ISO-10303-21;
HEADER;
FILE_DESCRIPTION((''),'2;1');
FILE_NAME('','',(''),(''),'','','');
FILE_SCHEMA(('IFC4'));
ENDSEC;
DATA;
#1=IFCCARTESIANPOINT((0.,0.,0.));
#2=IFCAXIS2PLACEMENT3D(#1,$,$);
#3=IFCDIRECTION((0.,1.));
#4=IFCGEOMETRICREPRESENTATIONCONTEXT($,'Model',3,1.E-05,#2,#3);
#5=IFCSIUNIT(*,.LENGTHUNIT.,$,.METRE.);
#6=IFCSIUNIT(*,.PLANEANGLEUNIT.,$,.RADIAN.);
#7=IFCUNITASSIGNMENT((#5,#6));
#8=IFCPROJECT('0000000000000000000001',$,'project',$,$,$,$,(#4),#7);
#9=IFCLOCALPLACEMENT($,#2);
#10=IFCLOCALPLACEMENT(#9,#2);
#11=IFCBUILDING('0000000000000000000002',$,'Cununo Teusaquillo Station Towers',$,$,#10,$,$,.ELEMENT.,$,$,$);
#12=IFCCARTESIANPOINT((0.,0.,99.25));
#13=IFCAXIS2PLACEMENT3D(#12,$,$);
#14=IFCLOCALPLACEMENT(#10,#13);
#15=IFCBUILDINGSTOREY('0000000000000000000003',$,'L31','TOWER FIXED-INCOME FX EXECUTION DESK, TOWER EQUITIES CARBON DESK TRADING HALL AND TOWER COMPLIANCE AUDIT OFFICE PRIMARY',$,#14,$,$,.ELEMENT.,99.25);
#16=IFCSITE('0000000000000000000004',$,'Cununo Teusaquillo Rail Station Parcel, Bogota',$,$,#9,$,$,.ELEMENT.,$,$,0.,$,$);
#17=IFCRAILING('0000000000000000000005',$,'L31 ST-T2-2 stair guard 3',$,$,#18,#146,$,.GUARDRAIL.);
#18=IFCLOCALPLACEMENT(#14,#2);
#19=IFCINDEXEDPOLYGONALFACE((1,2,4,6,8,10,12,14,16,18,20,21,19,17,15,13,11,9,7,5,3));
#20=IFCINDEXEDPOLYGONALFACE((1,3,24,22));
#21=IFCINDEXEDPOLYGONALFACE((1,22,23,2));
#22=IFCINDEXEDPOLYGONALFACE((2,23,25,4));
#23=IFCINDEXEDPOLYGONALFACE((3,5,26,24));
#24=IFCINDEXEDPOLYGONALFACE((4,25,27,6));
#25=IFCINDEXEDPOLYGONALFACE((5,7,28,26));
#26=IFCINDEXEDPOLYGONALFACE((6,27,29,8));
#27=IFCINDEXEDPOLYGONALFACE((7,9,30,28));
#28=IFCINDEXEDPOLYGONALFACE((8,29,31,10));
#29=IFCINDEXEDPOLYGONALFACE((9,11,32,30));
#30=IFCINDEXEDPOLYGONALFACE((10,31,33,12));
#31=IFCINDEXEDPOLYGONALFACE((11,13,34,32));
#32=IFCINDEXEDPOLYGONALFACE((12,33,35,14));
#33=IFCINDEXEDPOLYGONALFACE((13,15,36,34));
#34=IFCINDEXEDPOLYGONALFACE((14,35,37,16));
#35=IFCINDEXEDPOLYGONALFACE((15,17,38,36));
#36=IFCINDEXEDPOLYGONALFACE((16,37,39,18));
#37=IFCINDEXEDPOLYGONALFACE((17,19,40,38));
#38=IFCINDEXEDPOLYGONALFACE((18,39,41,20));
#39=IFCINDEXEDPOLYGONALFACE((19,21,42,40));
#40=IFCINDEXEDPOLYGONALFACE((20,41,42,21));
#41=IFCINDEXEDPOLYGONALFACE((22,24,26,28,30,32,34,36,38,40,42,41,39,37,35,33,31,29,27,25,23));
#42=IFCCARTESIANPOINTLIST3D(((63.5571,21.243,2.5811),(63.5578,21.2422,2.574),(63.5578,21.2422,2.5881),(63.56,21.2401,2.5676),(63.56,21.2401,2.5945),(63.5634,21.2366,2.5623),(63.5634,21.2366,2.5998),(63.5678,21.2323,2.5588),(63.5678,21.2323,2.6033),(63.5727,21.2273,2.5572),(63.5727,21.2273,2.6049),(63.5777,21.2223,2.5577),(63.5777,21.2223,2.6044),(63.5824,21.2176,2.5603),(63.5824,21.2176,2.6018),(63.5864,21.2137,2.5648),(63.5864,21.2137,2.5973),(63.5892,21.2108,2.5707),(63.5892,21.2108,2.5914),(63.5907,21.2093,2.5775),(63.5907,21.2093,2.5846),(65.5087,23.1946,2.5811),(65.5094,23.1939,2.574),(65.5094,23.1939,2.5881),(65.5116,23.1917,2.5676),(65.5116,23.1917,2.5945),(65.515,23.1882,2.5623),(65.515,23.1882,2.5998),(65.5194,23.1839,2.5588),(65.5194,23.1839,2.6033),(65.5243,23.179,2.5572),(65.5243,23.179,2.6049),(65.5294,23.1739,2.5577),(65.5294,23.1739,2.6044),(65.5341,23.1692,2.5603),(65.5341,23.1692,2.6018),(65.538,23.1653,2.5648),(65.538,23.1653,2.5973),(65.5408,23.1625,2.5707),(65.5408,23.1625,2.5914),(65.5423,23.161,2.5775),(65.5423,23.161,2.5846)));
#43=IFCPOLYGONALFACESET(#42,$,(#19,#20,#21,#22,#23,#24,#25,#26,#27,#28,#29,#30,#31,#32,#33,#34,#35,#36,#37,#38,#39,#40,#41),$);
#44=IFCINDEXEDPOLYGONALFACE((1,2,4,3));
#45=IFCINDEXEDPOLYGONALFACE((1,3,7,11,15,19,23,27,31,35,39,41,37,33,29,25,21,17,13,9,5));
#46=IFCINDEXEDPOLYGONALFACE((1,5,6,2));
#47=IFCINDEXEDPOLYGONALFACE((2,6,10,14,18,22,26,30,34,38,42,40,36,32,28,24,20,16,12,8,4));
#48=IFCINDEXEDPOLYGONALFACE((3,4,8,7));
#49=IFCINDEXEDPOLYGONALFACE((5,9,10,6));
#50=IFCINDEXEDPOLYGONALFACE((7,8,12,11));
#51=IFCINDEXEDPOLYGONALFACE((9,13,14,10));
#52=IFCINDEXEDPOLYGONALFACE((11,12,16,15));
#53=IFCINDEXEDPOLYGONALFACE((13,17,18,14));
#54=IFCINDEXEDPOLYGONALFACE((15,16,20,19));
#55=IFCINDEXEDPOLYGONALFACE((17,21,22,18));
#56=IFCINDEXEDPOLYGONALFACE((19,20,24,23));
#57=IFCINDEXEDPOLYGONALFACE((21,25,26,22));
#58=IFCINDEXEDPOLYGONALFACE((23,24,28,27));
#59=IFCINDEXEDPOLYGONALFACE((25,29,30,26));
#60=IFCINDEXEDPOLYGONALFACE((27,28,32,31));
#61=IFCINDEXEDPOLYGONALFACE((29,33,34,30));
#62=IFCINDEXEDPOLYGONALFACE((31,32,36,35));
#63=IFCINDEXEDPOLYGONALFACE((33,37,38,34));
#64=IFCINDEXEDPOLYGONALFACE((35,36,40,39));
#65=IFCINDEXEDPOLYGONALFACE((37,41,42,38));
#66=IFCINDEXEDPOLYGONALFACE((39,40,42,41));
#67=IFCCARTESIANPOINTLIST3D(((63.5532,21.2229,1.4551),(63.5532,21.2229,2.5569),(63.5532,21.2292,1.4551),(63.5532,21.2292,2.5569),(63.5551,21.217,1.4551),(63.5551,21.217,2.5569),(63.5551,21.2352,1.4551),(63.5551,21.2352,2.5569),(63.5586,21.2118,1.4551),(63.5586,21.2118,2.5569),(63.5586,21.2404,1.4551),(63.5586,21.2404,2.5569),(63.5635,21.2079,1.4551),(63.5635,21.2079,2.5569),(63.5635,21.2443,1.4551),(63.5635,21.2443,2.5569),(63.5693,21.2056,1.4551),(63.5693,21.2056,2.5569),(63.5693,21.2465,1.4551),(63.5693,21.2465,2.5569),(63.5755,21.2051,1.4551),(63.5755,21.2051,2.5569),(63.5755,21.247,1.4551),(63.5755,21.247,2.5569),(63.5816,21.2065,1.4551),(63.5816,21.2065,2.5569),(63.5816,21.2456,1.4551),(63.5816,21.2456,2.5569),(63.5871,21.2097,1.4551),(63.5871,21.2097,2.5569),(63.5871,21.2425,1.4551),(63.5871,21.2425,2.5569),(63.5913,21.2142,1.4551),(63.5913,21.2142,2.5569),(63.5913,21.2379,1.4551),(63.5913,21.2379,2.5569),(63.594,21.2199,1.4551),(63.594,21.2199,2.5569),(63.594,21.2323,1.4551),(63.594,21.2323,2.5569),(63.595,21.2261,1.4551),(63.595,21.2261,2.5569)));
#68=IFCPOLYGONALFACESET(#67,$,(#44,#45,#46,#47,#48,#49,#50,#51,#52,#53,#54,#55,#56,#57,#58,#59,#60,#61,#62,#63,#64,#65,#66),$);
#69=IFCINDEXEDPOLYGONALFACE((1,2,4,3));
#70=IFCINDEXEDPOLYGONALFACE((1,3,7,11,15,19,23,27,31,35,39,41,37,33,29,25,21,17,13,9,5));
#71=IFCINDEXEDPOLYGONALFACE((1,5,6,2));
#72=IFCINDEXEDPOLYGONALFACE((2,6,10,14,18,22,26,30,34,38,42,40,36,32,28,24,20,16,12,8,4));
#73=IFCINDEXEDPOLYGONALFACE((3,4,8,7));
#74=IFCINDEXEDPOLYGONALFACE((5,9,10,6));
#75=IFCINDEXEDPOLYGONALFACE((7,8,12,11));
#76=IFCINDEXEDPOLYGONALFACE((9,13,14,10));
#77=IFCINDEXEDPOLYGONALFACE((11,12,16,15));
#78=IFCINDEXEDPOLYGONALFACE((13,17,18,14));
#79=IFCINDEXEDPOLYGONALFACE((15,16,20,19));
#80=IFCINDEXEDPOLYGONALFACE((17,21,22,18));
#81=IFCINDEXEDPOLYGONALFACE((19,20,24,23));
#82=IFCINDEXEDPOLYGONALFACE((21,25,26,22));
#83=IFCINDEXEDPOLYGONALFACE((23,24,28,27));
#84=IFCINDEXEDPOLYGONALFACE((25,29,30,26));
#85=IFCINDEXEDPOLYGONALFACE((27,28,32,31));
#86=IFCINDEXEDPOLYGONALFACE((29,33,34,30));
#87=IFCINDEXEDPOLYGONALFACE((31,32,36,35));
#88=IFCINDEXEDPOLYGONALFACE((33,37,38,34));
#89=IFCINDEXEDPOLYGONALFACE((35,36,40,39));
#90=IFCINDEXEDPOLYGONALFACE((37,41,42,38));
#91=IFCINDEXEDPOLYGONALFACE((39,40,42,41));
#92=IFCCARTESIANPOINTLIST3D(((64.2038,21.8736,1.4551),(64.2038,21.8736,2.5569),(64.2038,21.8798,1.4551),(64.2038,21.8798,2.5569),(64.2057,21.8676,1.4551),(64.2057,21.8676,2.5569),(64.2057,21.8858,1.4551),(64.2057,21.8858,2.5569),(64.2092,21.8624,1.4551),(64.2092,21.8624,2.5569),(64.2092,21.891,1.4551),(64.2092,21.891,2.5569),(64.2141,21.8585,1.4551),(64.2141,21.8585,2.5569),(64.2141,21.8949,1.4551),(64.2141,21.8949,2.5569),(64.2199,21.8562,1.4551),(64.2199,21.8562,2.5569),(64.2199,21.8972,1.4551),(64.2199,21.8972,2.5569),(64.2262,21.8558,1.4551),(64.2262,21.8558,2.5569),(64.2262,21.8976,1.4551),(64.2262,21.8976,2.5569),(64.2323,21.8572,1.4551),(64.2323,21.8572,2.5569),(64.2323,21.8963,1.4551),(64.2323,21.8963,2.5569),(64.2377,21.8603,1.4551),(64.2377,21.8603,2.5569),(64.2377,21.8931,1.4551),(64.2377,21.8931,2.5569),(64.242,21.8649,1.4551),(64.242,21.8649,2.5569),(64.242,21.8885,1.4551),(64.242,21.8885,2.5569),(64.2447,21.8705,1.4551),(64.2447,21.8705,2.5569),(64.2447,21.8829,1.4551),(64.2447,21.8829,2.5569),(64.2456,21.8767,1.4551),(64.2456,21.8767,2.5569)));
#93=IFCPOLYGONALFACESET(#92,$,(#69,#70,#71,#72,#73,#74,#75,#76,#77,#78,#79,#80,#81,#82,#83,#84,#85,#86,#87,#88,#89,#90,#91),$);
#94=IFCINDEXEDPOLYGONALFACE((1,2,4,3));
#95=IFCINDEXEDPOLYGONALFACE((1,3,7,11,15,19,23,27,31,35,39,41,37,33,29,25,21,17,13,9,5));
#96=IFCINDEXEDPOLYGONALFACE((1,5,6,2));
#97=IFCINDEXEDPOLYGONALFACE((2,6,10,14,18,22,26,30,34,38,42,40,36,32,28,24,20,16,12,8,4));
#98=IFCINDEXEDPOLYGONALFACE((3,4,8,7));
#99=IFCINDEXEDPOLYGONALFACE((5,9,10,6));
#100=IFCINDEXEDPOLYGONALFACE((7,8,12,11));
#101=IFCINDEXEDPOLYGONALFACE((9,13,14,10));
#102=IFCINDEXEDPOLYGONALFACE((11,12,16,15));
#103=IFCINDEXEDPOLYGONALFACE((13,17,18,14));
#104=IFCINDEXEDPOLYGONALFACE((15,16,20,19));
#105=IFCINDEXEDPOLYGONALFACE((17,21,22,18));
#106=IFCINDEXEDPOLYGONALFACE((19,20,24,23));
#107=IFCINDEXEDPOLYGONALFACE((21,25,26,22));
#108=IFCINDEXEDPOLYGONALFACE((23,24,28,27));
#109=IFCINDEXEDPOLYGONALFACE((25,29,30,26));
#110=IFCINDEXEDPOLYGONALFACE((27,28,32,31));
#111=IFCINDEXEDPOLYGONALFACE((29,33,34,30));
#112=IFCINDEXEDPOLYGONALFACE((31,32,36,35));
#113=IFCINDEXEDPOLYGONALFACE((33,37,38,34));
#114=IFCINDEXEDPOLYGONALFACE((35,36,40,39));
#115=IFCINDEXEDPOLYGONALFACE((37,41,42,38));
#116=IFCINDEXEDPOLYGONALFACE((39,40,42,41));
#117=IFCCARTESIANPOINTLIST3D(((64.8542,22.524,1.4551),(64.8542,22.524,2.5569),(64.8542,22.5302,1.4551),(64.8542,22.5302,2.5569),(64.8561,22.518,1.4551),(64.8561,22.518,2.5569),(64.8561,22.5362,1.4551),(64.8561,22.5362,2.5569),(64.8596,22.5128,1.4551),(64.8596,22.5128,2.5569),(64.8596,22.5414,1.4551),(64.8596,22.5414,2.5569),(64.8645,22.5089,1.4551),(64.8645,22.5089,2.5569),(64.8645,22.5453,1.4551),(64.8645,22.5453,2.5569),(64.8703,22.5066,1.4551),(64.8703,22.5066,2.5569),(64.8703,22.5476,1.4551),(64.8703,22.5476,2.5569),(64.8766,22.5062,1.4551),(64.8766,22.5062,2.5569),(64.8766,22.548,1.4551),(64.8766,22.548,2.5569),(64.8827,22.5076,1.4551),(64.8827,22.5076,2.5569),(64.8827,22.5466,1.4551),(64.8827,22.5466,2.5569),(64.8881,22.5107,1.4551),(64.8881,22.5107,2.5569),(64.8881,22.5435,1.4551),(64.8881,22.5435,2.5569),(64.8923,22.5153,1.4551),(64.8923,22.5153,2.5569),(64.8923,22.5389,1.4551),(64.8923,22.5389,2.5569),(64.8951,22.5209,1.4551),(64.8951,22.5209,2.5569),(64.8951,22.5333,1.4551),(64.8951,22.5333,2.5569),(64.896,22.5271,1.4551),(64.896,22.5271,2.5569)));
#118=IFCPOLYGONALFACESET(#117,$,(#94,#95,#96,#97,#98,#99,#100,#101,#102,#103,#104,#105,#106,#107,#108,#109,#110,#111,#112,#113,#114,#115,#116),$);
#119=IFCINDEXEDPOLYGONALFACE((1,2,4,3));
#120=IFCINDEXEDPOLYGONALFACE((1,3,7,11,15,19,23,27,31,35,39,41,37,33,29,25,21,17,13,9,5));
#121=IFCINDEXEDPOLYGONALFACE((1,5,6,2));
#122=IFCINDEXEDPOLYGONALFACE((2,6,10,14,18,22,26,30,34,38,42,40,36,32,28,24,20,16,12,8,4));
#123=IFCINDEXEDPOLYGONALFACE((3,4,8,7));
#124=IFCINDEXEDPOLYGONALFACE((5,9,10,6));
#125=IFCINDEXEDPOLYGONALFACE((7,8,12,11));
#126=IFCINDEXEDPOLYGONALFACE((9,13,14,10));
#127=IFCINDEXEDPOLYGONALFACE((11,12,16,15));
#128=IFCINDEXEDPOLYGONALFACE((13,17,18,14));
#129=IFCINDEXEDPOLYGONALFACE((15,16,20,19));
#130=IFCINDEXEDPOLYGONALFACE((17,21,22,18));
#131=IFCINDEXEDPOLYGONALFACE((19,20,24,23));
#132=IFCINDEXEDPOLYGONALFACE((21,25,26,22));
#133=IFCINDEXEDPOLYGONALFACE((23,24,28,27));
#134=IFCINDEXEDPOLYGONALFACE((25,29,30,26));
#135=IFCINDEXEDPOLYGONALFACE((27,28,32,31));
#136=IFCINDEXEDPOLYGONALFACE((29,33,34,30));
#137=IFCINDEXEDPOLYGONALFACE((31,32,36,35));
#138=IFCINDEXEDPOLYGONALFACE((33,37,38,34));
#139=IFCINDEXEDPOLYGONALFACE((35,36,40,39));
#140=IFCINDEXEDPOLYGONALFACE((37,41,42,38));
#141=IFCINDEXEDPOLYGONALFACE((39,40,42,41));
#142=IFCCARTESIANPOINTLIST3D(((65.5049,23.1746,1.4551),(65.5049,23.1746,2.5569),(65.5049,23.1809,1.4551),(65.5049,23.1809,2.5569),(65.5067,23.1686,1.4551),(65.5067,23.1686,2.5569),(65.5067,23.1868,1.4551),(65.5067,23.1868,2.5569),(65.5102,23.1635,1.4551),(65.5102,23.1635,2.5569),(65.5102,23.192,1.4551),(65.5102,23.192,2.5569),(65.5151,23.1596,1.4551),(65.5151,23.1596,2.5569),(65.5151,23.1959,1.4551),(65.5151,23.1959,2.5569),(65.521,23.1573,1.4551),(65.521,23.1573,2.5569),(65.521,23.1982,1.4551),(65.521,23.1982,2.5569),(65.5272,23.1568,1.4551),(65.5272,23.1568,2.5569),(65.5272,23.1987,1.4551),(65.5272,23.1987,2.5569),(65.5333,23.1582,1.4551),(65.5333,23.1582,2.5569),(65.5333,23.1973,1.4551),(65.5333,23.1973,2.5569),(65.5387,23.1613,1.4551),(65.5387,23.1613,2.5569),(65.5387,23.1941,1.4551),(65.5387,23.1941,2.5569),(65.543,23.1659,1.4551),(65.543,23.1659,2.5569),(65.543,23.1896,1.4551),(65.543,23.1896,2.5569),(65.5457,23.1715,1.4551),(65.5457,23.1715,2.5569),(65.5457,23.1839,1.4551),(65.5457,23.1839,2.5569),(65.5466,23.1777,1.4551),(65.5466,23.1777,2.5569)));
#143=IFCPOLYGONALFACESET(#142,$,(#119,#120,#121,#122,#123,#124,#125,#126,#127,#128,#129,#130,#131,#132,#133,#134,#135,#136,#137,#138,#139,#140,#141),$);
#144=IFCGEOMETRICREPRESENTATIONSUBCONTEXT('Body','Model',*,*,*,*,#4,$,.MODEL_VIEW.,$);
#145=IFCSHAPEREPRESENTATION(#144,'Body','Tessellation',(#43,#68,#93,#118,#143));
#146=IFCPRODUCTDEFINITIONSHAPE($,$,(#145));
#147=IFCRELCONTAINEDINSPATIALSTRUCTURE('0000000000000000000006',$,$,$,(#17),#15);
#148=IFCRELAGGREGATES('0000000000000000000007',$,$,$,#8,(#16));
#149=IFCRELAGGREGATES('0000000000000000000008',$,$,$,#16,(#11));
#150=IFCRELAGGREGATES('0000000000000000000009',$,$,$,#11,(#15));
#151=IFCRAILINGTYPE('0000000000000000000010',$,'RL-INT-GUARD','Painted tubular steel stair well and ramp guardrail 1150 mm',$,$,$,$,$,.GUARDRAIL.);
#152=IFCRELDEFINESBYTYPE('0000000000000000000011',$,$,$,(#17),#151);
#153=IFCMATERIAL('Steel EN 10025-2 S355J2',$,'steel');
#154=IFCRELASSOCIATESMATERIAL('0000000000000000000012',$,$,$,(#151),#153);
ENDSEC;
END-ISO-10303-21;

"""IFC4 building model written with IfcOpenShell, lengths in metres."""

from ifc_helpers import new_model, si_unit, direction, frame, origin, origin_2d, place, context, subcontext, project, spatial, circle, extrude, material, type_object, element, save


model = new_model("IFC4")

# Units and contexts
model_context = context("Model", 3, precision=1e-05, world=origin(), true_north=direction((0.0, 1.0)))
body_context = subcontext(model_context, "Body", "Model", "MODEL_VIEW")
ifc_project = project(units=[si_unit("LENGTHUNIT", "METRE"), si_unit("PLANEANGLEUNIT", "RADIAN")], contexts=[model_context])

# Site, building, storey
site_placement = place(None, origin())
site = spatial("IfcSite", under=ifc_project, at=site_placement, Name="Cununo Teusaquillo Rail Station Parcel, Bogota", CompositionType="ELEMENT", RefElevation=0.0)
building_placement = place(site_placement, origin())
building = spatial("IfcBuilding", under=site, at=building_placement, Name="Cununo Teusaquillo Station Towers", CompositionType="ELEMENT")
storey_placement = place(building_placement, frame((0.0, 0.0, 99.25)))
storey = spatial("IfcBuildingStorey", under=building, at=storey_placement, Name="L31", Description="TOWER FIXED-INCOME FX EXECUTION DESK, TOWER EQUITIES CARBON DESK TRADING HALL AND TOWER COMPLIANCE AUDIT OFFICE PRIMARY", CompositionType="ELEMENT", Elevation=99.25)

# Railing
ifc_material_1 = material(Name="Steel EN 10025-2 S355J2", Category="steel")
railing_type = type_object("IfcRailingType", Name="RL-INT-GUARD", Description="Painted tubular steel stair well and ramp guardrail 1150 mm", PredefinedType="GUARDRAIL", material=ifc_material_1)
railing_1_placement = place(storey_placement, frame((63.574, 21.2261, 1.4551)))
element("IfcRailing", 1, at=railing_1_placement, inside=storey, type_object=railing_type, Name="L31 ST-T2-2 stair guard 3", PredefinedType="GUARDRAIL", context=body_context, shape_type="SweptSolid", body=[
    extrude(circle(Radius=0.0239, at=origin_2d()), frame((0.0, 0.0, 1.126), z_axis=(0.707107, 0.707107, 0.0), x_axis=(-0.707107, 0.707107, 0.0)), (0.0, 0.0, 1.0), 2.76),
    extrude(circle(Radius=0.021, at=origin_2d()), origin(), (0.0, 0.0, 1.0), 1.1018),
    extrude(circle(Radius=0.021, at=origin_2d()), frame((0.6506, 0.6506, 0.0)), (0.0, 0.0, 1.0), 1.1018),
    extrude(circle(Radius=0.021, at=origin_2d()), frame((1.301, 1.301, 0.0)), (0.0, 0.0, 1.0), 1.1018),
    extrude(circle(Radius=0.021, at=origin_2d()), frame((1.9517, 1.9517, 0.0)), (0.0, 0.0, 1.0), 1.1018),
])

save(model, "model.ifc")
